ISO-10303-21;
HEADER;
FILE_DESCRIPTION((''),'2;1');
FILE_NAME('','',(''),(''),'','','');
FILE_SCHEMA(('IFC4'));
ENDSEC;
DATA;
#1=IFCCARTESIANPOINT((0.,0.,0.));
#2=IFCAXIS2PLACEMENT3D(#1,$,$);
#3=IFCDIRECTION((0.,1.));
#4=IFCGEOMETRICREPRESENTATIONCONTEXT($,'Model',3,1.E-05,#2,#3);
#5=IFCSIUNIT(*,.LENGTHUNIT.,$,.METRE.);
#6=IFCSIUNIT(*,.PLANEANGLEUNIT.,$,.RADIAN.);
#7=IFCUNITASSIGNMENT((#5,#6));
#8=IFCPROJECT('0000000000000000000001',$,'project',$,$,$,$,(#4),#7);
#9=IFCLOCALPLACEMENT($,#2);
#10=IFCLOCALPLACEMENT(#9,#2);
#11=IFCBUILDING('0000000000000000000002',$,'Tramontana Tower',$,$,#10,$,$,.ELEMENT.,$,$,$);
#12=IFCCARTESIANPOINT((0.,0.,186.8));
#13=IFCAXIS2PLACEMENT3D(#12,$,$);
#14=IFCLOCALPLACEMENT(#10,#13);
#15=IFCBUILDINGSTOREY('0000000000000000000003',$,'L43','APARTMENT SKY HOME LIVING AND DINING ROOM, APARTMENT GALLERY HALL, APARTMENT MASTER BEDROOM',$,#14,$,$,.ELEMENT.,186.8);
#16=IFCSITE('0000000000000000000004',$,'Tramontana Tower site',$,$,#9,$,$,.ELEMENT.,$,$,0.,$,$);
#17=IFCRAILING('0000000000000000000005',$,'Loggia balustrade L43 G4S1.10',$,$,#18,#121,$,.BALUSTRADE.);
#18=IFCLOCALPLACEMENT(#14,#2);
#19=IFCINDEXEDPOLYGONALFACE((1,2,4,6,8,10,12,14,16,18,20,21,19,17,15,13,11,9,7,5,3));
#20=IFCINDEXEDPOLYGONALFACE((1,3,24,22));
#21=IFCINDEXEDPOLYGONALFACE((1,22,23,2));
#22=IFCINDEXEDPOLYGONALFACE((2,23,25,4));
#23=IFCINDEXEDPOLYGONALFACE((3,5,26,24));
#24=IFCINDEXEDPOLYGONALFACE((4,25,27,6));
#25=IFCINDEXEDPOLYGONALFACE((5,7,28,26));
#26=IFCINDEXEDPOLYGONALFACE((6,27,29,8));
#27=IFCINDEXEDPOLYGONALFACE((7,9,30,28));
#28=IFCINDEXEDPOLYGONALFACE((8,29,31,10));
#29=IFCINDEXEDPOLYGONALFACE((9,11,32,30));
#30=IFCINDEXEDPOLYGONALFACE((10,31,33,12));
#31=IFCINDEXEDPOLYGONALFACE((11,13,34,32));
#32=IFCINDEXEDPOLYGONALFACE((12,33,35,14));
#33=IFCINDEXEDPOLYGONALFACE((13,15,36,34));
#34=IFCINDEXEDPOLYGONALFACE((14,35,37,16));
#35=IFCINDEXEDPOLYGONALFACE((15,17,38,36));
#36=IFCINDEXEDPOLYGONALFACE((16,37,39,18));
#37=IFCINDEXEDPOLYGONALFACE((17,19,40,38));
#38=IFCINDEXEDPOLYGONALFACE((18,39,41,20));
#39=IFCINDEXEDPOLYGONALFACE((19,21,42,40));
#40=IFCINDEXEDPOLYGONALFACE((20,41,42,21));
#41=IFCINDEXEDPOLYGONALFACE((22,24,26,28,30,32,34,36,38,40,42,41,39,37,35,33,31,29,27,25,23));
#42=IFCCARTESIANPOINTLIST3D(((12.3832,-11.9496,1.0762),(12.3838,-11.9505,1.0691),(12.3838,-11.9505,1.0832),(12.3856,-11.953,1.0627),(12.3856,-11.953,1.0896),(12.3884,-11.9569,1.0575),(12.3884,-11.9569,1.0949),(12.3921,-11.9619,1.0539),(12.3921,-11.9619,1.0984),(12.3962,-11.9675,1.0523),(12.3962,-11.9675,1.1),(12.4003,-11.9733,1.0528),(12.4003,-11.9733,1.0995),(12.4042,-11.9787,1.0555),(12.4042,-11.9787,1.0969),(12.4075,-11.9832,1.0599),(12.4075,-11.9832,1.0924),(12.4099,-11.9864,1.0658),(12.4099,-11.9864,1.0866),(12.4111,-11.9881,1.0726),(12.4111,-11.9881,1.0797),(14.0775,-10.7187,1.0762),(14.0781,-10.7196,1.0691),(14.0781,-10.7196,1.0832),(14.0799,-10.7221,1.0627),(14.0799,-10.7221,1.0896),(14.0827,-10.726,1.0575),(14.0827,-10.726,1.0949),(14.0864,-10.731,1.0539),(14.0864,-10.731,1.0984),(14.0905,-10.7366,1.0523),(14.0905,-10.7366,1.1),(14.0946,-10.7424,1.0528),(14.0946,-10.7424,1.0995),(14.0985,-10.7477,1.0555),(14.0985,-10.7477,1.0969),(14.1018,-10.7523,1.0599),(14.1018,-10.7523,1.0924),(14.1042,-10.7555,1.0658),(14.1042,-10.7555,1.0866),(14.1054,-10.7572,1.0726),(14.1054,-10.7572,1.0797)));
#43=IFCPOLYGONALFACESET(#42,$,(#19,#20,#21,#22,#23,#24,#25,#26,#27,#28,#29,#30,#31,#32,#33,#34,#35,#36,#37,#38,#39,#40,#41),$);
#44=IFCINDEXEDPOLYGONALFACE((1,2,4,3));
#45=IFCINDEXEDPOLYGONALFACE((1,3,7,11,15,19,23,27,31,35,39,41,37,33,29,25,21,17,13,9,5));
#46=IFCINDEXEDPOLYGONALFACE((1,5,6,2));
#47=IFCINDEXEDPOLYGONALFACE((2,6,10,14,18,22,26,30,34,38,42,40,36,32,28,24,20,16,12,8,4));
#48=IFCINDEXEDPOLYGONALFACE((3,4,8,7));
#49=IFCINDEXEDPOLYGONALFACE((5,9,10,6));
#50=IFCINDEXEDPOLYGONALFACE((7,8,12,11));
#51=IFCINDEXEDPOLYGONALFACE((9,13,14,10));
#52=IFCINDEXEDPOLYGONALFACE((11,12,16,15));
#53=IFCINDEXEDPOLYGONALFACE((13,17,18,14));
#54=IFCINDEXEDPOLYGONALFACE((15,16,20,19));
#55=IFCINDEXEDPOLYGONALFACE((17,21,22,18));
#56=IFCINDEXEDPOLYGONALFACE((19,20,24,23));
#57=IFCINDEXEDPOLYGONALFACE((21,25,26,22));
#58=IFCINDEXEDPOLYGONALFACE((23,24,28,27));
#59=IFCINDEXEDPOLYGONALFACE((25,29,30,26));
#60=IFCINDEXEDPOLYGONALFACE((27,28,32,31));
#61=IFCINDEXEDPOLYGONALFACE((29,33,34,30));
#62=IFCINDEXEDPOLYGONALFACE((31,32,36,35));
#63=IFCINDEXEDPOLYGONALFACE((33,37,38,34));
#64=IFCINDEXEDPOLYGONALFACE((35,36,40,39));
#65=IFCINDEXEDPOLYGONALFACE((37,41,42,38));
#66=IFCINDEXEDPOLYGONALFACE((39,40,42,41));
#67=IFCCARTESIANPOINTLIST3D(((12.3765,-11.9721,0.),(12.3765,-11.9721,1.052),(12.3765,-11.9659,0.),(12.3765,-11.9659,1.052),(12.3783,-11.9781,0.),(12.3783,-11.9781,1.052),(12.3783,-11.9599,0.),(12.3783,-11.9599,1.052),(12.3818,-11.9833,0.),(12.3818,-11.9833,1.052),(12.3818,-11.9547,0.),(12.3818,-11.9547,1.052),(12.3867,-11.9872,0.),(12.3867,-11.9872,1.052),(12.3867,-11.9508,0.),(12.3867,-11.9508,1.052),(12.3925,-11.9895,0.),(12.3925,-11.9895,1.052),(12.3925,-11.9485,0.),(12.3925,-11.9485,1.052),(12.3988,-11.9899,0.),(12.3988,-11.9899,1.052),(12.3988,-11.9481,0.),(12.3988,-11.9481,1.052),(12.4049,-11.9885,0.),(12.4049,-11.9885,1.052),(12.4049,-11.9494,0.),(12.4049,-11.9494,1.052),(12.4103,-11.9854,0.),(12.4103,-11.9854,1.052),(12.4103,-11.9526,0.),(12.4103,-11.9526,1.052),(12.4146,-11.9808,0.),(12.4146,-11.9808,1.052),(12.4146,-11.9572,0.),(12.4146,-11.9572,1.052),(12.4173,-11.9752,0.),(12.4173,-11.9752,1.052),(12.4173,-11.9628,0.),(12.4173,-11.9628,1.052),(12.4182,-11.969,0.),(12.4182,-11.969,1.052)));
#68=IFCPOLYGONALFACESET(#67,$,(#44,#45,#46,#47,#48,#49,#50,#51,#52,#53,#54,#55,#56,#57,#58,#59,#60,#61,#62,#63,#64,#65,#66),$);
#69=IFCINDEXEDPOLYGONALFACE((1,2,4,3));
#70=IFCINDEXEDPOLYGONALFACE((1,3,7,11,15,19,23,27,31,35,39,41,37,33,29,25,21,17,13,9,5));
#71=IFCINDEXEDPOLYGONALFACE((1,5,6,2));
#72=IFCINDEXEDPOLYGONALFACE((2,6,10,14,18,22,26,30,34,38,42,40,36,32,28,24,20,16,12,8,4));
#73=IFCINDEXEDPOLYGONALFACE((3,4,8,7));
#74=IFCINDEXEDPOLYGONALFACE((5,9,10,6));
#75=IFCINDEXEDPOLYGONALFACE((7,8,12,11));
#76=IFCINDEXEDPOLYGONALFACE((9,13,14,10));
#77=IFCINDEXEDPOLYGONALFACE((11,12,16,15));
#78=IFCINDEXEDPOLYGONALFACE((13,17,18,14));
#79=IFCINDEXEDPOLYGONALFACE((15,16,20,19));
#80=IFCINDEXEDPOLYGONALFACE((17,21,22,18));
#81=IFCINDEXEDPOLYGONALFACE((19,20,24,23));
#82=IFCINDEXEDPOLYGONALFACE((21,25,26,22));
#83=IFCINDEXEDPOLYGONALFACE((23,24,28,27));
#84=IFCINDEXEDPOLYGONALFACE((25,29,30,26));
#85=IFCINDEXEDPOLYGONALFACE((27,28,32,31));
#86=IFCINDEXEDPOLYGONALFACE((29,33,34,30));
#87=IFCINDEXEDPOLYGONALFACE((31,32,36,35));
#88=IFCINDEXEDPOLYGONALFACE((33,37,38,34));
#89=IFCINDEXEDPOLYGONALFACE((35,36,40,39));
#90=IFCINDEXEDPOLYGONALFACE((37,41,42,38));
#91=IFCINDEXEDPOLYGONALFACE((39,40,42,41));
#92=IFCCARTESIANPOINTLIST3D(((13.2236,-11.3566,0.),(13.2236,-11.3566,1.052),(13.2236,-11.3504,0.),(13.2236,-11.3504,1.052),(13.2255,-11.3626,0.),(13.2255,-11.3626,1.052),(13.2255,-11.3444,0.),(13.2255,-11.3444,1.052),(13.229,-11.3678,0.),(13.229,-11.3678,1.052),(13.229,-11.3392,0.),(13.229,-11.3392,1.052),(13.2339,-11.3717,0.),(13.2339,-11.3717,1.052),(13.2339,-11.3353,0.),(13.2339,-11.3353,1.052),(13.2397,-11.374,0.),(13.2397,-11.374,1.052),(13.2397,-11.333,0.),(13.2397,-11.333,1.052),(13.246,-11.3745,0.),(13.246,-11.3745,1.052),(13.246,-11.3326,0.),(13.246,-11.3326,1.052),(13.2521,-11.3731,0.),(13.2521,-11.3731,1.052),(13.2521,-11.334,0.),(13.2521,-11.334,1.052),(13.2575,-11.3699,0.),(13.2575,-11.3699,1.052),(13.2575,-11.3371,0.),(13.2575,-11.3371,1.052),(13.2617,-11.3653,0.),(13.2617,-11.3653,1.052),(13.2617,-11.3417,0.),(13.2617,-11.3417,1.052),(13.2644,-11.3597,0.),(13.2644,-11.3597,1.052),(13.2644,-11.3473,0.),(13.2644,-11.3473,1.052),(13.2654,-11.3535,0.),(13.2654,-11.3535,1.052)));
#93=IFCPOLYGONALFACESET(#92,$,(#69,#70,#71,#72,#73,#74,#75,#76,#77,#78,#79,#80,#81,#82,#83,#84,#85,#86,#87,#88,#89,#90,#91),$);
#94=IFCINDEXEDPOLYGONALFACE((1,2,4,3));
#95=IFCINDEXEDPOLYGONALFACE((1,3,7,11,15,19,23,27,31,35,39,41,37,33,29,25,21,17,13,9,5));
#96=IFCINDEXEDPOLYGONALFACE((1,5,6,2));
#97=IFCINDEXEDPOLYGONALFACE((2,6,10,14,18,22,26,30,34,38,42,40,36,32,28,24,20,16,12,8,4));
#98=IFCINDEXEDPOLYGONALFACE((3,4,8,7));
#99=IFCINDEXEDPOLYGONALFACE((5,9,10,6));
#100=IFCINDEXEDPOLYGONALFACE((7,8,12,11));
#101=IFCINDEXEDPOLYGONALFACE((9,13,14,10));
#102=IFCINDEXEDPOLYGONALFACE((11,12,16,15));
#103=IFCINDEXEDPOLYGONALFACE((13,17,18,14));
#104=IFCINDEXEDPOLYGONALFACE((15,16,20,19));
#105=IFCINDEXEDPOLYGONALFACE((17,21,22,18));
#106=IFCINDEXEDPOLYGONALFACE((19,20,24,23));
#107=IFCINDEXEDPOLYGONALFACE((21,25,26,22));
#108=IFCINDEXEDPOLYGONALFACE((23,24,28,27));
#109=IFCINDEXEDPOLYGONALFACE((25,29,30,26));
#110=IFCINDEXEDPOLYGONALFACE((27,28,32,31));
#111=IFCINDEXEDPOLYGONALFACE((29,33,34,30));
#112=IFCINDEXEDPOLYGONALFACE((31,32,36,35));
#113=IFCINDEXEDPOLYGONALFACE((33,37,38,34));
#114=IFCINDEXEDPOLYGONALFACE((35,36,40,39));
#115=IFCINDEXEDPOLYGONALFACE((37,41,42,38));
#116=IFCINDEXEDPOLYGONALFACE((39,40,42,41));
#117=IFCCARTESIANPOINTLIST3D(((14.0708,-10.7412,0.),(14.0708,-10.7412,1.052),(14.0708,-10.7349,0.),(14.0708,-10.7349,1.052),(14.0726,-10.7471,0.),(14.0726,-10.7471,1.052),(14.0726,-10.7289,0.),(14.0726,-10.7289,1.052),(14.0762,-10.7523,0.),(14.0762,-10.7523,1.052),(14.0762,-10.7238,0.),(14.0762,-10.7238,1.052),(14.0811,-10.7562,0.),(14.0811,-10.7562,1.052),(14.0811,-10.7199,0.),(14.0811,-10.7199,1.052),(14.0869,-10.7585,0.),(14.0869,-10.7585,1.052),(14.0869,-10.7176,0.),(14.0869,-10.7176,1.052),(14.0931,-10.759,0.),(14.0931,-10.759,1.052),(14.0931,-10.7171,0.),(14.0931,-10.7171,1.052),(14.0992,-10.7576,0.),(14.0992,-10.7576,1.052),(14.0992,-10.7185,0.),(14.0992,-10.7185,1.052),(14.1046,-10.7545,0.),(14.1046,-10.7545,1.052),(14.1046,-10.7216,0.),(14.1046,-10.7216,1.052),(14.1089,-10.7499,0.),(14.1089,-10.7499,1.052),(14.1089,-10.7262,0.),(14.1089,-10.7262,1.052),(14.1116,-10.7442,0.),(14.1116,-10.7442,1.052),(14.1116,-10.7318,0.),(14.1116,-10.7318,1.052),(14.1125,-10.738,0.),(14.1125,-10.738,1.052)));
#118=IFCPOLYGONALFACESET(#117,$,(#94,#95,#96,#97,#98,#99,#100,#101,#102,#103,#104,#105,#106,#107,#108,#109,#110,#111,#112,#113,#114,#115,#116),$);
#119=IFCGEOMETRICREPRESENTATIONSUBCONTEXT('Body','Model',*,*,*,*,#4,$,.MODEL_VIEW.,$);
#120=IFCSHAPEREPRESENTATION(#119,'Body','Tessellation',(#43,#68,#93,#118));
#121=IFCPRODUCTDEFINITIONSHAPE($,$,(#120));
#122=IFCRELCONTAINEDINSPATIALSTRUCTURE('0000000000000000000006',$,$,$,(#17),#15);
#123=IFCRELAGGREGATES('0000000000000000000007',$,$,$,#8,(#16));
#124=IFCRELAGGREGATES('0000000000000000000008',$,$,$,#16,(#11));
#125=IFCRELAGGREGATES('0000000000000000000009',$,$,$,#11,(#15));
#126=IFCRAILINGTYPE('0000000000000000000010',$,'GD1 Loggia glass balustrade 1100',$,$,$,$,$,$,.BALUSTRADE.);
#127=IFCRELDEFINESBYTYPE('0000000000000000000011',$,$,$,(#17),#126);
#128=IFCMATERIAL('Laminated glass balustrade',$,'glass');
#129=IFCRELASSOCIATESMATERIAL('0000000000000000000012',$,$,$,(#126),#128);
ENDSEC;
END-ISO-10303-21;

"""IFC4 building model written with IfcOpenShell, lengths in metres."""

from ifc_helpers import new_model, si_unit, direction, frame, origin, origin_2d, place, context, subcontext, project, spatial, circle, extrude, material, type_object, element, save


model = new_model("IFC4")

# Units and contexts
model_context = context("Model", 3, precision=1e-05, world=origin(), true_north=direction((0.0, 1.0)))
body_context = subcontext(model_context, "Body", "Model", "MODEL_VIEW")
ifc_project = project(units=[si_unit("LENGTHUNIT", "METRE"), si_unit("PLANEANGLEUNIT", "RADIAN")], contexts=[model_context])

# Site, building, storey
site_placement = place(None, origin())
site = spatial("IfcSite", under=ifc_project, at=site_placement, Name="Tramontana Tower site", CompositionType="ELEMENT", RefElevation=0.0)
building_placement = place(site_placement, origin())
building = spatial("IfcBuilding", under=site, at=building_placement, Name="Tramontana Tower", CompositionType="ELEMENT")
storey_placement = place(building_placement, frame((0.0, 0.0, 186.8)))
storey = spatial("IfcBuildingStorey", under=building, at=storey_placement, Name="L43", Description="APARTMENT SKY HOME LIVING AND DINING ROOM, APARTMENT GALLERY HALL, APARTMENT MASTER BEDROOM", CompositionType="ELEMENT", Elevation=186.8)

# Railing
ifc_material_1 = material(Name="Laminated glass balustrade", Category="glass")
railing_type_1 = type_object("IfcRailingType", Name="GD1 Loggia glass balustrade 1100", PredefinedType="BALUSTRADE", material=ifc_material_1)
railing_1_placement = place(storey_placement, frame((12.3972, -11.969, 0.0)))
element("IfcRailing", 1, at=railing_1_placement, inside=storey, type_object=railing_type_1, Name="Loggia balustrade L43 G4S1.10", PredefinedType="BALUSTRADE", context=body_context, shape_type="SweptSolid", body=[
    extrude(circle(Radius=0.0239, at=origin_2d()), frame((0.0, 0.0, 1.0762), z_axis=(0.809028, 0.58777, 0.0), x_axis=(-0.58777, 0.809028, 0.0)), (0.0, 0.0, 1.0), 2.0942),
    extrude(circle(Radius=0.021, at=origin_2d()), origin(), (0.0, 0.0, 1.0), 1.052),
    extrude(circle(Radius=0.021, at=origin_2d()), frame((0.8472, 0.6155, 0.0)), (0.0, 0.0, 1.0), 1.052),
    extrude(circle(Radius=0.021, at=origin_2d()), frame((1.6943, 1.231, 0.0)), (0.0, 0.0, 1.0), 1.052),
])

save(model, "model.ifc")
